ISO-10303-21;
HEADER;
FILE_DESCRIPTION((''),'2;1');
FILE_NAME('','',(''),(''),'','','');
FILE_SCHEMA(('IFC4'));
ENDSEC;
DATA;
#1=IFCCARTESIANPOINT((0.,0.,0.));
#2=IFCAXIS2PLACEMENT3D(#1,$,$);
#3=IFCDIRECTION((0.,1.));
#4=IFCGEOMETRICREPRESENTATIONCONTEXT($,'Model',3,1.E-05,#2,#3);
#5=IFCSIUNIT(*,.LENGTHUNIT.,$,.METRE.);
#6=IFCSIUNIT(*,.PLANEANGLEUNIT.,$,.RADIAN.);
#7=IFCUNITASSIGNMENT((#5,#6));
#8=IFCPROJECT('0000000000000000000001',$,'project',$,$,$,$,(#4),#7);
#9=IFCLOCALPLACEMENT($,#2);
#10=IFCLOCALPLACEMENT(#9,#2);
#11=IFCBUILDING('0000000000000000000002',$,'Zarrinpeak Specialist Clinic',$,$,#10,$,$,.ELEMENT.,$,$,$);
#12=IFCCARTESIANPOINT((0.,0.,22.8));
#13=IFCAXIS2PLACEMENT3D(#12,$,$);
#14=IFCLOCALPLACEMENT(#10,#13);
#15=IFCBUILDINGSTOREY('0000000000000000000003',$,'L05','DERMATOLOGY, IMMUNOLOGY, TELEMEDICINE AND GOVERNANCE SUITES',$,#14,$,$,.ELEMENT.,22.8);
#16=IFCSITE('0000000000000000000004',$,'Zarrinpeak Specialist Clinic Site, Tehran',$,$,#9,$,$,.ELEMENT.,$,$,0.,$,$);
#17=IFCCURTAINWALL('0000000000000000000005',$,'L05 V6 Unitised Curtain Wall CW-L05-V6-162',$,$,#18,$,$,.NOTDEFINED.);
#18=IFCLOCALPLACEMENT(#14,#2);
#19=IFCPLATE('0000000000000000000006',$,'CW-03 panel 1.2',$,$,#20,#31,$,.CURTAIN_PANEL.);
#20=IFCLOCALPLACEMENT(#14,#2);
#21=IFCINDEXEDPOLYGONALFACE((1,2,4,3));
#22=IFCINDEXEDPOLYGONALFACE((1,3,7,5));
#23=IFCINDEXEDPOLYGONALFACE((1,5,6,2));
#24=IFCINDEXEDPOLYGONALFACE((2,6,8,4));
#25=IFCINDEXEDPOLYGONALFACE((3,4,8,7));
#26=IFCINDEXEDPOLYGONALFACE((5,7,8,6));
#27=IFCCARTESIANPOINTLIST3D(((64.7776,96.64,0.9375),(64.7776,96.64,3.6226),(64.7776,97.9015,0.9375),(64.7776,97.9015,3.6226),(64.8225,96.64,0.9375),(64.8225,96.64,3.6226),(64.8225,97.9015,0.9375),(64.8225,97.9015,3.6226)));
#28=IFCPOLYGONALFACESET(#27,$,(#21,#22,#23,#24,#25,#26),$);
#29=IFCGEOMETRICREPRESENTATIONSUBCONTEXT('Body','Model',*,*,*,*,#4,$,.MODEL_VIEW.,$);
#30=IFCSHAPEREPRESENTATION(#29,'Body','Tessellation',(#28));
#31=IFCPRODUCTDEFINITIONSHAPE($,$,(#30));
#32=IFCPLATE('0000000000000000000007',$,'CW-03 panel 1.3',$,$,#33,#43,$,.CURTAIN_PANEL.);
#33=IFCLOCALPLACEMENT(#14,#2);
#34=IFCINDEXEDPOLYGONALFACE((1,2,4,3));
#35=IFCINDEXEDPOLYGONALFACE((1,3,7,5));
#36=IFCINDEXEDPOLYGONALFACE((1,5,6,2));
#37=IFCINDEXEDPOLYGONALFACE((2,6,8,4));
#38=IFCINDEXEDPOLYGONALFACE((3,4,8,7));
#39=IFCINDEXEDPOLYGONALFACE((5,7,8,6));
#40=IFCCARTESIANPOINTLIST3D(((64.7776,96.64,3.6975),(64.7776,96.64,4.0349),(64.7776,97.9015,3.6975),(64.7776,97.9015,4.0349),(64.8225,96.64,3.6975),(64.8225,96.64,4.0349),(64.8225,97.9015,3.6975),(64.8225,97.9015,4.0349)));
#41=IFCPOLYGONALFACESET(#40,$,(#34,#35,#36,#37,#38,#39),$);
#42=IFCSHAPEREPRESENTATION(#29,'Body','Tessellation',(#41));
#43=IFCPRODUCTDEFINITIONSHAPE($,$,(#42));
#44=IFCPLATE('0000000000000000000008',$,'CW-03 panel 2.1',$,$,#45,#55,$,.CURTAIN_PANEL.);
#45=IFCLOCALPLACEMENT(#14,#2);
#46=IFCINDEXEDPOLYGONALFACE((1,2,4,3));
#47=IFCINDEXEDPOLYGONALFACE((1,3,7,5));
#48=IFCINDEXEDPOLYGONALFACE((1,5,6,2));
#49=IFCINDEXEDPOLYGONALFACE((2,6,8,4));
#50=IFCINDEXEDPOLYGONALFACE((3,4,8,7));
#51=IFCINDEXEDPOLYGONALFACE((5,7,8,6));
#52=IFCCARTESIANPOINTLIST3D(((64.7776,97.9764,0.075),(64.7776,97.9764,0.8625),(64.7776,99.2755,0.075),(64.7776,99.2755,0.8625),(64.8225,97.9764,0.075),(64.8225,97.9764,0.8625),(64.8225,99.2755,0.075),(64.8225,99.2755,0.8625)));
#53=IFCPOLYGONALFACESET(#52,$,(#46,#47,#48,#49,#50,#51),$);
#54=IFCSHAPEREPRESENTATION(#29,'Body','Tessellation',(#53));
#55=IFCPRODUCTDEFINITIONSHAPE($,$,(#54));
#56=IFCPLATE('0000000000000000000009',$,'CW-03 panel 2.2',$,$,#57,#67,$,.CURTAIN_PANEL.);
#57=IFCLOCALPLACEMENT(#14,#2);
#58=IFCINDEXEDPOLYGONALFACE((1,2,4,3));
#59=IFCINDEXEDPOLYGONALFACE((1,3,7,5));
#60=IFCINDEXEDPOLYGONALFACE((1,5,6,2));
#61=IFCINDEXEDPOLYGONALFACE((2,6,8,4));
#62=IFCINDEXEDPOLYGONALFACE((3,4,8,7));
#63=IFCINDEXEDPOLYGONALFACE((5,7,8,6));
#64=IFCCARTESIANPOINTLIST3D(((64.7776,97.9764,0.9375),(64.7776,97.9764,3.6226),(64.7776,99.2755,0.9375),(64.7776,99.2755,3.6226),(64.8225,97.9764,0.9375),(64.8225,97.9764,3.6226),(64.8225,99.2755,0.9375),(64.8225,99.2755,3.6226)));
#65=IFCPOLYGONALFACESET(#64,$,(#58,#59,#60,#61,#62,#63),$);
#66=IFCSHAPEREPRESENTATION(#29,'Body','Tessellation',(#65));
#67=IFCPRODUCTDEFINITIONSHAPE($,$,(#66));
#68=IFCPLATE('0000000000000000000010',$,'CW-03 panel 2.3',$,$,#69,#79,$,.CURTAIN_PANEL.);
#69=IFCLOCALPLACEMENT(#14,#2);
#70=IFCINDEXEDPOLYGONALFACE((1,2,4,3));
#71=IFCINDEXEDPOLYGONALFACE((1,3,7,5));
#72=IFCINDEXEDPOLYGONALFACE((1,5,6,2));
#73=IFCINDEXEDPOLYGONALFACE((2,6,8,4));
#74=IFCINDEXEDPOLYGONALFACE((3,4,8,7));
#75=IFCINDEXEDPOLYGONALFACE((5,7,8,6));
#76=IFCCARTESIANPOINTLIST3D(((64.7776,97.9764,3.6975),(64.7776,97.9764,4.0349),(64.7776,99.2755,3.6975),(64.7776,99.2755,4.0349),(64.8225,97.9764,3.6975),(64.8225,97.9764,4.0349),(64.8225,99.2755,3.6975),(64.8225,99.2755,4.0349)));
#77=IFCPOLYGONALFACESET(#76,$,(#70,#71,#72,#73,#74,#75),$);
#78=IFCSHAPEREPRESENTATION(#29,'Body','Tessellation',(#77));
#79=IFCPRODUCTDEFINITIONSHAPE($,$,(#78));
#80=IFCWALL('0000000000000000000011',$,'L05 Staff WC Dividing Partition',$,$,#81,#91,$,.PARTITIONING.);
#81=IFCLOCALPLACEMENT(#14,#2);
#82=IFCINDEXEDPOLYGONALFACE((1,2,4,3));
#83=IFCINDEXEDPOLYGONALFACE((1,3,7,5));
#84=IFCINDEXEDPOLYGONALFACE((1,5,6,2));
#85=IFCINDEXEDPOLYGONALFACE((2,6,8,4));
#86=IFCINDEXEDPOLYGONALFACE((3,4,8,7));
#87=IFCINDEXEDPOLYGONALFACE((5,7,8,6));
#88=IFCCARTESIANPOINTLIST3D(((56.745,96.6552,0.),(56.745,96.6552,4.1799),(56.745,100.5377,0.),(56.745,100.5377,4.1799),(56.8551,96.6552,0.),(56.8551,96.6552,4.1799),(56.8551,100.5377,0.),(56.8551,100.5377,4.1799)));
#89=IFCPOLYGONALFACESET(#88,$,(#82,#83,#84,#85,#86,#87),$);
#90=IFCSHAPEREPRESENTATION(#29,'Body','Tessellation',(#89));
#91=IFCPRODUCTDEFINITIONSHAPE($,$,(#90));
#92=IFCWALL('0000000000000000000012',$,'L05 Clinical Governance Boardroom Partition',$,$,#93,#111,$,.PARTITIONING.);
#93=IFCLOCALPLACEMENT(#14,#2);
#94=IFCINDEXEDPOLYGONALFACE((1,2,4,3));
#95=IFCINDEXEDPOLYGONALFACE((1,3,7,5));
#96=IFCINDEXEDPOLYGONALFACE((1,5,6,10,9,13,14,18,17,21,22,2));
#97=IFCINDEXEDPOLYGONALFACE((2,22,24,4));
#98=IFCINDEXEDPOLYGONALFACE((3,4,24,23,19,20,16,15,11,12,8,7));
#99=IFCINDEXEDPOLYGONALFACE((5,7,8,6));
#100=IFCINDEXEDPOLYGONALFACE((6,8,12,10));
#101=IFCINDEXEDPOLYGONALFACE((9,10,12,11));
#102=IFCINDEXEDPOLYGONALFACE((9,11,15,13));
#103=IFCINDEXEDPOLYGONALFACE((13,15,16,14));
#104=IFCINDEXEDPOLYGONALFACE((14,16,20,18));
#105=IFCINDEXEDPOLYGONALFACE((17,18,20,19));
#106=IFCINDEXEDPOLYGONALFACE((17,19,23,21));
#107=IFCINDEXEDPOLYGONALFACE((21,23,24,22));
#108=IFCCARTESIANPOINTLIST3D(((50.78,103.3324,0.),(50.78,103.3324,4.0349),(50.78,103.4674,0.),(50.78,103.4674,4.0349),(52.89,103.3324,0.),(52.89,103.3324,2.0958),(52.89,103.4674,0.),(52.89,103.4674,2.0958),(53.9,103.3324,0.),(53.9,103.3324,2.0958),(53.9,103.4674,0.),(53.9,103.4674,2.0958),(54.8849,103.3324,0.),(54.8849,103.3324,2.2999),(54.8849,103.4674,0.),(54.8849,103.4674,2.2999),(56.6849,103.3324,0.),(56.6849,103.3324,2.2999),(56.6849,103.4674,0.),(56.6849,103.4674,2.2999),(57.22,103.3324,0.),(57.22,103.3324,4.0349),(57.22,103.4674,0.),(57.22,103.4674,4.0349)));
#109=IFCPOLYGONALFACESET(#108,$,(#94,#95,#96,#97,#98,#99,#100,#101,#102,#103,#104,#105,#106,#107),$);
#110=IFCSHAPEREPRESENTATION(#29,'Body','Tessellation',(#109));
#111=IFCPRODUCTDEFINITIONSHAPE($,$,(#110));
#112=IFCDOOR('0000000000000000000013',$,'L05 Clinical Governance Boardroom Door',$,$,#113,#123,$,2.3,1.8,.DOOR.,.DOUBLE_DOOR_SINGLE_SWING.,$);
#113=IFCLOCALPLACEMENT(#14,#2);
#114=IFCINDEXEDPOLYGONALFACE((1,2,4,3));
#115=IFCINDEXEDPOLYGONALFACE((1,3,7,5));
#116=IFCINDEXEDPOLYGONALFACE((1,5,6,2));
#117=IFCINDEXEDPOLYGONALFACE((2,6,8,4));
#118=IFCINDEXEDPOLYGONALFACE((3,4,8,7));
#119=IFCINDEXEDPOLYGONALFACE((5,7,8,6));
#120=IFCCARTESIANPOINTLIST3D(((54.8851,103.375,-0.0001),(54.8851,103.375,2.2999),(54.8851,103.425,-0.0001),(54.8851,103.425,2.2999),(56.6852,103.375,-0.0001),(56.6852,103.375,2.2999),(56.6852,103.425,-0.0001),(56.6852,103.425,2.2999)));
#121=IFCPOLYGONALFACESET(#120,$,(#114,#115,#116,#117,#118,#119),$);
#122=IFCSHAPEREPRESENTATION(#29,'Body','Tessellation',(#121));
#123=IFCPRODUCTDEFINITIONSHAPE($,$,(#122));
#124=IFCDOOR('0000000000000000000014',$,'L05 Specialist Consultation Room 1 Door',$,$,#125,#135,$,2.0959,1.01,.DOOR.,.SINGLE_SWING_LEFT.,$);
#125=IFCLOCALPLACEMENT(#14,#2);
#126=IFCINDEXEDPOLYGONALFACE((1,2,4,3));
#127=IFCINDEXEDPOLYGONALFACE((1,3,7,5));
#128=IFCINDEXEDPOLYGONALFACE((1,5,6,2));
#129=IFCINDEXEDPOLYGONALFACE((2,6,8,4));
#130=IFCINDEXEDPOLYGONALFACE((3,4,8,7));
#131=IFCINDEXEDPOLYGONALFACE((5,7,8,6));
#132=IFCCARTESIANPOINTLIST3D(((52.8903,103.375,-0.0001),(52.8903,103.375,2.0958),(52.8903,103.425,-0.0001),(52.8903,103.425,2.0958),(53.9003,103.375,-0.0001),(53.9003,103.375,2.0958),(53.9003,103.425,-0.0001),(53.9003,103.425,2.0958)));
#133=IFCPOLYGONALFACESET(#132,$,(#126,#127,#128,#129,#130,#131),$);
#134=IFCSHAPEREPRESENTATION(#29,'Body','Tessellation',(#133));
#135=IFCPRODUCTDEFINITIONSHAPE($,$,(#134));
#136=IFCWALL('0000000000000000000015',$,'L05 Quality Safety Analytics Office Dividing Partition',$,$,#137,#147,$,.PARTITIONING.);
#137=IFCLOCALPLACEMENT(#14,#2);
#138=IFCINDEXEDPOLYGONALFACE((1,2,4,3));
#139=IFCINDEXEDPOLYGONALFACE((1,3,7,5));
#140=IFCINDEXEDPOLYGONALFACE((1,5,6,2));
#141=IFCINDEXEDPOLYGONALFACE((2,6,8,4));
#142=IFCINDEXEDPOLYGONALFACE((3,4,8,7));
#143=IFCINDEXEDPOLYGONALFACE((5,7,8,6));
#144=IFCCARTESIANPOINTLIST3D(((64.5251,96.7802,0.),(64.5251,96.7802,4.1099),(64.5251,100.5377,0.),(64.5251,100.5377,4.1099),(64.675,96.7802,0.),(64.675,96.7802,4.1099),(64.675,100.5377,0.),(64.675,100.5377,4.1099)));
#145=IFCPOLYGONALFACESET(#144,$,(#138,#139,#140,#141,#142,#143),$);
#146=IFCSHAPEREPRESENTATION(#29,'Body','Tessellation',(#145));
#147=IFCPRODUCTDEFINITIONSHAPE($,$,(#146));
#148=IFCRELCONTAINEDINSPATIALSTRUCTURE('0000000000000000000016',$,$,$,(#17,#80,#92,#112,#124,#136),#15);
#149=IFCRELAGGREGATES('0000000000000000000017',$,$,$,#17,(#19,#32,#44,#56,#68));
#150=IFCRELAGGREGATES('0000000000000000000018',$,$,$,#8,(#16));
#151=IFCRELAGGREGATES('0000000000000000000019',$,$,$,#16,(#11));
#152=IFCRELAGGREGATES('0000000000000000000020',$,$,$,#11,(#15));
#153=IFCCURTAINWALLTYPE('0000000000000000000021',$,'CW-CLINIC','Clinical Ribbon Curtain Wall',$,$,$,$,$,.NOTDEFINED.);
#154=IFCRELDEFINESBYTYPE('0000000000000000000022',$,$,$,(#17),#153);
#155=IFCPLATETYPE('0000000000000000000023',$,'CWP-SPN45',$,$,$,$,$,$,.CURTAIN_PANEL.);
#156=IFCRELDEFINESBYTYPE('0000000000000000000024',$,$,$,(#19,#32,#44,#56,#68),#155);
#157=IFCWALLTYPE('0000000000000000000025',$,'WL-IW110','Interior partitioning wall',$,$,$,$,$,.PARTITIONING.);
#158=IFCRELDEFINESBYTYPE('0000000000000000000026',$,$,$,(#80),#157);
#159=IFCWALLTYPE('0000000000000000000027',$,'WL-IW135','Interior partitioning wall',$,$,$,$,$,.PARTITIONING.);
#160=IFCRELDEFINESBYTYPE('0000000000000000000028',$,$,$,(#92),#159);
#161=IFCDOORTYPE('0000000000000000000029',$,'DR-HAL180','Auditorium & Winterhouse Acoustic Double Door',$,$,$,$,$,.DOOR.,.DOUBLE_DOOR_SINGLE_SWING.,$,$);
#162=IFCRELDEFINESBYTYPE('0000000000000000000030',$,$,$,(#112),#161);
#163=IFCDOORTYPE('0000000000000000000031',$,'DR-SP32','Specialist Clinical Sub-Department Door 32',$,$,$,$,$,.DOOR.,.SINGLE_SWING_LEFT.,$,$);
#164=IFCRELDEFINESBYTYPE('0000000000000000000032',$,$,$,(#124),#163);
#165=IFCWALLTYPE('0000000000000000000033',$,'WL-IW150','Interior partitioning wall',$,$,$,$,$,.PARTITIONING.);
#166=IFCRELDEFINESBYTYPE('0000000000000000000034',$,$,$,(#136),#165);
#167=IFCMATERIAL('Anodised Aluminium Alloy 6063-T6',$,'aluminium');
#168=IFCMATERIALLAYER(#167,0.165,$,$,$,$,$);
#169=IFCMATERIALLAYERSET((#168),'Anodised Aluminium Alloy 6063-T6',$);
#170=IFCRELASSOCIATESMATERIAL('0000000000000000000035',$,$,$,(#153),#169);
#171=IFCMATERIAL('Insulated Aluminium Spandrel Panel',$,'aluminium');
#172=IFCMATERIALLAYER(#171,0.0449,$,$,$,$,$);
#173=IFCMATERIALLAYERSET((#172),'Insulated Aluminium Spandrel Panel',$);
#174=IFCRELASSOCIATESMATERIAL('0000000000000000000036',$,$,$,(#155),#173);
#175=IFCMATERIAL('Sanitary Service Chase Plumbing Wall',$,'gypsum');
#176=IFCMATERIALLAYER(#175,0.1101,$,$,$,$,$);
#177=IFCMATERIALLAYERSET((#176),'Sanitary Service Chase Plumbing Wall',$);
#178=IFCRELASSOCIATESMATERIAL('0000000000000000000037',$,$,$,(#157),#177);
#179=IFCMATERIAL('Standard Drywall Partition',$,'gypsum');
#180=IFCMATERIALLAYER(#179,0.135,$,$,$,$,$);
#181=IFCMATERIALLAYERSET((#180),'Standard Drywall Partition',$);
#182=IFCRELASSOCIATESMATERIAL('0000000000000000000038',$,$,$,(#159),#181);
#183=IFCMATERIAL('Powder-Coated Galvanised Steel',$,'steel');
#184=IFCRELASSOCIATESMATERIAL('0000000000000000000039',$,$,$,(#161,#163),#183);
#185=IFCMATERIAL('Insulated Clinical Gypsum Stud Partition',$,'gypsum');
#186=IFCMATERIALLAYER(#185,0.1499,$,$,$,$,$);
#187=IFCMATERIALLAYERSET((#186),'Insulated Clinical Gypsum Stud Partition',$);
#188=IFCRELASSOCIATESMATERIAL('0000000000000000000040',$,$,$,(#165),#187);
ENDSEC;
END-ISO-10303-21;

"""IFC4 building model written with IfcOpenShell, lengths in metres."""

from ifc_helpers import new_model, si_unit, direction, frame, frame_2d, origin, origin_2d, place, context, subcontext, project, spatial, rectangle, extrude, material, layer, layer_set, type_object, element, fill, aggregate, save


model = new_model("IFC4")

# Units and contexts
model_context = context("Model", 3, precision=1e-05, world=origin(), true_north=direction((0.0, 1.0)))
body_context = subcontext(model_context, "Body", "Model", "MODEL_VIEW")
ifc_project = project(units=[si_unit("LENGTHUNIT", "METRE"), si_unit("PLANEANGLEUNIT", "RADIAN")], contexts=[model_context])

# Site, building, storey
site_placement = place(None, origin())
site = spatial("IfcSite", under=ifc_project, at=site_placement, Name="Zarrinpeak Specialist Clinic Site, Tehran", CompositionType="ELEMENT", RefElevation=0.0)
building_placement = place(site_placement, origin())
building = spatial("IfcBuilding", under=site, at=building_placement, Name="Zarrinpeak Specialist Clinic", CompositionType="ELEMENT")
storey_placement = place(building_placement, frame((0.0, 0.0, 22.8)))
storey = spatial("IfcBuildingStorey", under=building, at=storey_placement, Name="L05", Description="DERMATOLOGY, IMMUNOLOGY, TELEMEDICINE AND GOVERNANCE SUITES", CompositionType="ELEMENT", Elevation=22.8)

# Curtain wall, plates
ifc_material_1 = material(Name="Anodised Aluminium Alloy 6063-T6", Category="aluminium")
ifc_layer_1 = layer(ifc_material_1, 0.165)
ifc_layer_set_1 = layer_set([ifc_layer_1], Name="Anodised Aluminium Alloy 6063-T6")
curtain_wall_type = type_object("IfcCurtainWallType", Name="CW-CLINIC", Description="Clinical Ribbon Curtain Wall", PredefinedType="NOTDEFINED", material=ifc_layer_set_1)
curtain_wall_placement = place(storey_placement, origin())
curtain_wall = element("IfcCurtainWall", 1, at=curtain_wall_placement, inside=storey, type_object=curtain_wall_type, Name="L05 V6 Unitised Curtain Wall CW-L05-V6-162", PredefinedType="NOTDEFINED")
ifc_material_2 = material(Name="Insulated Aluminium Spandrel Panel", Category="aluminium")
ifc_layer_2 = layer(ifc_material_2, 0.0449)
ifc_layer_set_2 = layer_set([ifc_layer_2], Name="Insulated Aluminium Spandrel Panel")
plate_type = type_object("IfcPlateType", Name="CWP-SPN45", PredefinedType="CURTAIN_PANEL", material=ifc_layer_set_2)
plate_1_placement = place(storey_placement, frame((64.8, 97.2708, 0.9375), z_axis=(0.0, 0.0, 1.0), x_axis=(0.0, 1.0, 0.0)))
plate_1 = element("IfcPlate", 2, at=plate_1_placement, type_object=plate_type, Name="CW-03 panel 1.2", PredefinedType="CURTAIN_PANEL", context=body_context, shape_type="SweptSolid", body=[
    extrude(rectangle(XDim=1.2615, YDim=0.0449, at=origin_2d()), origin(), (0.0, 0.0, 1.0), 2.6851),
])
plate_2_placement = place(storey_placement, frame((64.8, 97.2708, 3.6975), z_axis=(0.0, 0.0, 1.0), x_axis=(0.0, 1.0, 0.0)))
plate_2 = element("IfcPlate", 3, at=plate_2_placement, type_object=plate_type, Name="CW-03 panel 1.3", PredefinedType="CURTAIN_PANEL", context=body_context, shape_type="SweptSolid", body=[
    extrude(rectangle(XDim=1.2615, YDim=0.0449, at=origin_2d()), origin(), (0.0, 0.0, 1.0), 0.3374),
])
plate_3_placement = place(storey_placement, frame((64.8, 98.626, 0.075), z_axis=(0.0, 0.0, 1.0), x_axis=(0.0, 1.0, 0.0)))
plate_3 = element("IfcPlate", 4, at=plate_3_placement, type_object=plate_type, Name="CW-03 panel 2.1", PredefinedType="CURTAIN_PANEL", context=body_context, shape_type="SweptSolid", body=[
    extrude(rectangle(XDim=1.2991, YDim=0.0449, at=origin_2d()), origin(), (0.0, 0.0, 1.0), 0.7876),
])
plate_4_placement = place(storey_placement, frame((64.8, 98.626, 0.9375), z_axis=(0.0, 0.0, 1.0), x_axis=(0.0, 1.0, 0.0)))
plate_4 = element("IfcPlate", 5, at=plate_4_placement, type_object=plate_type, Name="CW-03 panel 2.2", PredefinedType="CURTAIN_PANEL", context=body_context, shape_type="SweptSolid", body=[
    extrude(rectangle(XDim=1.2991, YDim=0.0449, at=origin_2d()), origin(), (0.0, 0.0, 1.0), 2.6851),
])
plate_5_placement = place(storey_placement, frame((64.8, 98.626, 3.6975), z_axis=(0.0, 0.0, 1.0), x_axis=(0.0, 1.0, 0.0)))
plate_5 = element("IfcPlate", 6, at=plate_5_placement, type_object=plate_type, Name="CW-03 panel 2.3", PredefinedType="CURTAIN_PANEL", context=body_context, shape_type="SweptSolid", body=[
    extrude(rectangle(XDim=1.2991, YDim=0.0449, at=origin_2d()), origin(), (0.0, 0.0, 1.0), 0.3374),
])
aggregate(curtain_wall, [plate_1, plate_2, plate_3, plate_4, plate_5])

# Wall
ifc_material_3 = material(Name="Sanitary Service Chase Plumbing Wall", Category="gypsum")
ifc_layer_3 = layer(ifc_material_3, 0.1101)
ifc_layer_set_3 = layer_set([ifc_layer_3], Name="Sanitary Service Chase Plumbing Wall")
wall_type_1 = type_object("IfcWallType", Name="WL-IW110", Description="Interior partitioning wall", PredefinedType="PARTITIONING", material=ifc_layer_set_3)
wall_1_placement = place(storey_placement, frame((56.8, 96.655, 0.0), z_axis=(0.0, 0.0, 1.0), x_axis=(0.0, 1.0, 0.0)))
element("IfcWall", 7, at=wall_1_placement, inside=storey, type_object=wall_type_1, Name="L05 Staff WC Dividing Partition", PredefinedType="PARTITIONING", context=body_context, shape_type="SweptSolid", body=[
    extrude(rectangle(XDim=3.8826, YDim=0.1101, at=frame_2d((1.9414, 0.0))), origin(), (0.0, 0.0, 1.0), 4.1799),
])

# Wall, openings, doors
ifc_material_4 = material(Name="Standard Drywall Partition", Category="gypsum")
ifc_layer_4 = layer(ifc_material_4, 0.135)
ifc_layer_set_4 = layer_set([ifc_layer_4], Name="Standard Drywall Partition")
wall_type_2 = type_object("IfcWallType", Name="WL-IW135", Description="Interior partitioning wall", PredefinedType="PARTITIONING", material=ifc_layer_set_4)
wall_2_placement = place(storey_placement, frame((50.78, 103.3999, 0.0), z_axis=(0.0, 0.0, 1.0), x_axis=(1.0, 0.0, 0.0)))
wall_2 = element("IfcWall", 8, at=wall_2_placement, inside=storey, type_object=wall_type_2, Name="L05 Clinical Governance Boardroom Partition", PredefinedType="PARTITIONING", context=body_context, shape_type="SweptSolid", body=[
    extrude(rectangle(XDim=6.4399, YDim=0.135, at=frame_2d((3.22, 0.0))), origin(), (0.0, 0.0, 1.0), 4.0349),
])
opening_1_placement = place(wall_2_placement, frame((4.105, 0.0, 0.0)))
opening_1 = element("IfcOpeningElement", 9, at=opening_1_placement, cuts=wall_2, PredefinedType="OPENING", context=body_context, shape_type="SweptSolid", body=[
    extrude(rectangle(XDim=1.8, YDim=2.3, at=frame_2d((0.8999, 1.1499))), frame((0.0, 0.0776, 0.0), z_axis=(0.0, -1.0, 0.0), x_axis=(1.0, 0.0, 0.0)), (0.0, 0.0, 1.0), 0.155),
])
opening_2_placement = place(wall_2_placement, frame((2.1101, 0.0, 0.0)))
opening_2 = element("IfcOpeningElement", 10, at=opening_2_placement, cuts=wall_2, PredefinedType="OPENING", context=body_context, shape_type="SweptSolid", body=[
    extrude(rectangle(XDim=1.01, YDim=2.0959, at=frame_2d((0.5049, 1.0479))), frame((0.0, 0.0776, 0.0), z_axis=(0.0, -1.0, 0.0), x_axis=(1.0, 0.0, 0.0)), (0.0, 0.0, 1.0), 0.155),
])
ifc_material_5 = material(Name="Powder-Coated Galvanised Steel", Category="steel")
door_type_1 = type_object("IfcDoorType", Name="DR-HAL180", Description="Auditorium & Winterhouse Acoustic Double Door", OperationType="DOUBLE_DOOR_SINGLE_SWING", PredefinedType="DOOR", material=ifc_material_5)
door_1_placement = place(opening_1_placement, frame((1.8, 0.0, 0.0), z_axis=(0.0, 0.0, 1.0), x_axis=(-1.0, 0.0, 0.0)))
door_1 = element("IfcDoor", 11, at=door_1_placement, inside=storey, type_object=door_type_1, Name="L05 Clinical Governance Boardroom Door", OperationType="DOUBLE_DOOR_SINGLE_SWING", OverallHeight=2.3, OverallWidth=1.8, PredefinedType="DOOR", context=body_context, shape_type="SweptSolid", body=[
    extrude(rectangle(XDim=1.8, YDim=2.3, at=frame_2d((0.8999, 1.1499))), frame((0.0, 0.0249, 0.0), z_axis=(0.0, -1.0, 0.0), x_axis=(1.0, 0.0, 0.0)), (0.0, 0.0, 1.0), 0.05),
])
fill(opening_1, door_1)
door_type_2 = type_object("IfcDoorType", Name="DR-SP32", Description="Specialist Clinical Sub-Department Door 32", OperationType="SINGLE_SWING_LEFT", PredefinedType="DOOR", material=ifc_material_5)
door_2_placement = place(opening_2_placement, frame((1.01, 0.0, 0.0), z_axis=(0.0, 0.0, 1.0), x_axis=(-1.0, 0.0, 0.0)))
door_2 = element("IfcDoor", 12, at=door_2_placement, inside=storey, type_object=door_type_2, Name="L05 Specialist Consultation Room 1 Door", OperationType="SINGLE_SWING_LEFT", OverallHeight=2.0959, OverallWidth=1.01, PredefinedType="DOOR", context=body_context, shape_type="SweptSolid", body=[
    extrude(rectangle(XDim=1.01, YDim=2.0959, at=frame_2d((0.5049, 1.0479))), frame((0.0, 0.0249, 0.0), z_axis=(0.0, -1.0, 0.0), x_axis=(1.0, 0.0, 0.0)), (0.0, 0.0, 1.0), 0.05),
])
fill(opening_2, door_2)

# Wall
ifc_material_6 = material(Name="Insulated Clinical Gypsum Stud Partition", Category="gypsum")
ifc_layer_5 = layer(ifc_material_6, 0.1499)
ifc_layer_set_5 = layer_set([ifc_layer_5], Name="Insulated Clinical Gypsum Stud Partition")
wall_type_3 = type_object("IfcWallType", Name="WL-IW150", Description="Interior partitioning wall", PredefinedType="PARTITIONING", material=ifc_layer_set_5)
wall_3_placement = place(storey_placement, frame((64.6001, 96.78, 0.0), z_axis=(0.0, 0.0, 1.0), x_axis=(0.0, 1.0, 0.0)))
element("IfcWall", 13, at=wall_3_placement, inside=storey, type_object=wall_type_3, Name="L05 Quality Safety Analytics Office Dividing Partition", PredefinedType="PARTITIONING", context=body_context, shape_type="SweptSolid", body=[
    extrude(rectangle(XDim=3.7576, YDim=0.1499, at=frame_2d((1.8789, 0.0))), origin(), (0.0, 0.0, 1.0), 4.1099),
])

save(model, "model.ifc")
